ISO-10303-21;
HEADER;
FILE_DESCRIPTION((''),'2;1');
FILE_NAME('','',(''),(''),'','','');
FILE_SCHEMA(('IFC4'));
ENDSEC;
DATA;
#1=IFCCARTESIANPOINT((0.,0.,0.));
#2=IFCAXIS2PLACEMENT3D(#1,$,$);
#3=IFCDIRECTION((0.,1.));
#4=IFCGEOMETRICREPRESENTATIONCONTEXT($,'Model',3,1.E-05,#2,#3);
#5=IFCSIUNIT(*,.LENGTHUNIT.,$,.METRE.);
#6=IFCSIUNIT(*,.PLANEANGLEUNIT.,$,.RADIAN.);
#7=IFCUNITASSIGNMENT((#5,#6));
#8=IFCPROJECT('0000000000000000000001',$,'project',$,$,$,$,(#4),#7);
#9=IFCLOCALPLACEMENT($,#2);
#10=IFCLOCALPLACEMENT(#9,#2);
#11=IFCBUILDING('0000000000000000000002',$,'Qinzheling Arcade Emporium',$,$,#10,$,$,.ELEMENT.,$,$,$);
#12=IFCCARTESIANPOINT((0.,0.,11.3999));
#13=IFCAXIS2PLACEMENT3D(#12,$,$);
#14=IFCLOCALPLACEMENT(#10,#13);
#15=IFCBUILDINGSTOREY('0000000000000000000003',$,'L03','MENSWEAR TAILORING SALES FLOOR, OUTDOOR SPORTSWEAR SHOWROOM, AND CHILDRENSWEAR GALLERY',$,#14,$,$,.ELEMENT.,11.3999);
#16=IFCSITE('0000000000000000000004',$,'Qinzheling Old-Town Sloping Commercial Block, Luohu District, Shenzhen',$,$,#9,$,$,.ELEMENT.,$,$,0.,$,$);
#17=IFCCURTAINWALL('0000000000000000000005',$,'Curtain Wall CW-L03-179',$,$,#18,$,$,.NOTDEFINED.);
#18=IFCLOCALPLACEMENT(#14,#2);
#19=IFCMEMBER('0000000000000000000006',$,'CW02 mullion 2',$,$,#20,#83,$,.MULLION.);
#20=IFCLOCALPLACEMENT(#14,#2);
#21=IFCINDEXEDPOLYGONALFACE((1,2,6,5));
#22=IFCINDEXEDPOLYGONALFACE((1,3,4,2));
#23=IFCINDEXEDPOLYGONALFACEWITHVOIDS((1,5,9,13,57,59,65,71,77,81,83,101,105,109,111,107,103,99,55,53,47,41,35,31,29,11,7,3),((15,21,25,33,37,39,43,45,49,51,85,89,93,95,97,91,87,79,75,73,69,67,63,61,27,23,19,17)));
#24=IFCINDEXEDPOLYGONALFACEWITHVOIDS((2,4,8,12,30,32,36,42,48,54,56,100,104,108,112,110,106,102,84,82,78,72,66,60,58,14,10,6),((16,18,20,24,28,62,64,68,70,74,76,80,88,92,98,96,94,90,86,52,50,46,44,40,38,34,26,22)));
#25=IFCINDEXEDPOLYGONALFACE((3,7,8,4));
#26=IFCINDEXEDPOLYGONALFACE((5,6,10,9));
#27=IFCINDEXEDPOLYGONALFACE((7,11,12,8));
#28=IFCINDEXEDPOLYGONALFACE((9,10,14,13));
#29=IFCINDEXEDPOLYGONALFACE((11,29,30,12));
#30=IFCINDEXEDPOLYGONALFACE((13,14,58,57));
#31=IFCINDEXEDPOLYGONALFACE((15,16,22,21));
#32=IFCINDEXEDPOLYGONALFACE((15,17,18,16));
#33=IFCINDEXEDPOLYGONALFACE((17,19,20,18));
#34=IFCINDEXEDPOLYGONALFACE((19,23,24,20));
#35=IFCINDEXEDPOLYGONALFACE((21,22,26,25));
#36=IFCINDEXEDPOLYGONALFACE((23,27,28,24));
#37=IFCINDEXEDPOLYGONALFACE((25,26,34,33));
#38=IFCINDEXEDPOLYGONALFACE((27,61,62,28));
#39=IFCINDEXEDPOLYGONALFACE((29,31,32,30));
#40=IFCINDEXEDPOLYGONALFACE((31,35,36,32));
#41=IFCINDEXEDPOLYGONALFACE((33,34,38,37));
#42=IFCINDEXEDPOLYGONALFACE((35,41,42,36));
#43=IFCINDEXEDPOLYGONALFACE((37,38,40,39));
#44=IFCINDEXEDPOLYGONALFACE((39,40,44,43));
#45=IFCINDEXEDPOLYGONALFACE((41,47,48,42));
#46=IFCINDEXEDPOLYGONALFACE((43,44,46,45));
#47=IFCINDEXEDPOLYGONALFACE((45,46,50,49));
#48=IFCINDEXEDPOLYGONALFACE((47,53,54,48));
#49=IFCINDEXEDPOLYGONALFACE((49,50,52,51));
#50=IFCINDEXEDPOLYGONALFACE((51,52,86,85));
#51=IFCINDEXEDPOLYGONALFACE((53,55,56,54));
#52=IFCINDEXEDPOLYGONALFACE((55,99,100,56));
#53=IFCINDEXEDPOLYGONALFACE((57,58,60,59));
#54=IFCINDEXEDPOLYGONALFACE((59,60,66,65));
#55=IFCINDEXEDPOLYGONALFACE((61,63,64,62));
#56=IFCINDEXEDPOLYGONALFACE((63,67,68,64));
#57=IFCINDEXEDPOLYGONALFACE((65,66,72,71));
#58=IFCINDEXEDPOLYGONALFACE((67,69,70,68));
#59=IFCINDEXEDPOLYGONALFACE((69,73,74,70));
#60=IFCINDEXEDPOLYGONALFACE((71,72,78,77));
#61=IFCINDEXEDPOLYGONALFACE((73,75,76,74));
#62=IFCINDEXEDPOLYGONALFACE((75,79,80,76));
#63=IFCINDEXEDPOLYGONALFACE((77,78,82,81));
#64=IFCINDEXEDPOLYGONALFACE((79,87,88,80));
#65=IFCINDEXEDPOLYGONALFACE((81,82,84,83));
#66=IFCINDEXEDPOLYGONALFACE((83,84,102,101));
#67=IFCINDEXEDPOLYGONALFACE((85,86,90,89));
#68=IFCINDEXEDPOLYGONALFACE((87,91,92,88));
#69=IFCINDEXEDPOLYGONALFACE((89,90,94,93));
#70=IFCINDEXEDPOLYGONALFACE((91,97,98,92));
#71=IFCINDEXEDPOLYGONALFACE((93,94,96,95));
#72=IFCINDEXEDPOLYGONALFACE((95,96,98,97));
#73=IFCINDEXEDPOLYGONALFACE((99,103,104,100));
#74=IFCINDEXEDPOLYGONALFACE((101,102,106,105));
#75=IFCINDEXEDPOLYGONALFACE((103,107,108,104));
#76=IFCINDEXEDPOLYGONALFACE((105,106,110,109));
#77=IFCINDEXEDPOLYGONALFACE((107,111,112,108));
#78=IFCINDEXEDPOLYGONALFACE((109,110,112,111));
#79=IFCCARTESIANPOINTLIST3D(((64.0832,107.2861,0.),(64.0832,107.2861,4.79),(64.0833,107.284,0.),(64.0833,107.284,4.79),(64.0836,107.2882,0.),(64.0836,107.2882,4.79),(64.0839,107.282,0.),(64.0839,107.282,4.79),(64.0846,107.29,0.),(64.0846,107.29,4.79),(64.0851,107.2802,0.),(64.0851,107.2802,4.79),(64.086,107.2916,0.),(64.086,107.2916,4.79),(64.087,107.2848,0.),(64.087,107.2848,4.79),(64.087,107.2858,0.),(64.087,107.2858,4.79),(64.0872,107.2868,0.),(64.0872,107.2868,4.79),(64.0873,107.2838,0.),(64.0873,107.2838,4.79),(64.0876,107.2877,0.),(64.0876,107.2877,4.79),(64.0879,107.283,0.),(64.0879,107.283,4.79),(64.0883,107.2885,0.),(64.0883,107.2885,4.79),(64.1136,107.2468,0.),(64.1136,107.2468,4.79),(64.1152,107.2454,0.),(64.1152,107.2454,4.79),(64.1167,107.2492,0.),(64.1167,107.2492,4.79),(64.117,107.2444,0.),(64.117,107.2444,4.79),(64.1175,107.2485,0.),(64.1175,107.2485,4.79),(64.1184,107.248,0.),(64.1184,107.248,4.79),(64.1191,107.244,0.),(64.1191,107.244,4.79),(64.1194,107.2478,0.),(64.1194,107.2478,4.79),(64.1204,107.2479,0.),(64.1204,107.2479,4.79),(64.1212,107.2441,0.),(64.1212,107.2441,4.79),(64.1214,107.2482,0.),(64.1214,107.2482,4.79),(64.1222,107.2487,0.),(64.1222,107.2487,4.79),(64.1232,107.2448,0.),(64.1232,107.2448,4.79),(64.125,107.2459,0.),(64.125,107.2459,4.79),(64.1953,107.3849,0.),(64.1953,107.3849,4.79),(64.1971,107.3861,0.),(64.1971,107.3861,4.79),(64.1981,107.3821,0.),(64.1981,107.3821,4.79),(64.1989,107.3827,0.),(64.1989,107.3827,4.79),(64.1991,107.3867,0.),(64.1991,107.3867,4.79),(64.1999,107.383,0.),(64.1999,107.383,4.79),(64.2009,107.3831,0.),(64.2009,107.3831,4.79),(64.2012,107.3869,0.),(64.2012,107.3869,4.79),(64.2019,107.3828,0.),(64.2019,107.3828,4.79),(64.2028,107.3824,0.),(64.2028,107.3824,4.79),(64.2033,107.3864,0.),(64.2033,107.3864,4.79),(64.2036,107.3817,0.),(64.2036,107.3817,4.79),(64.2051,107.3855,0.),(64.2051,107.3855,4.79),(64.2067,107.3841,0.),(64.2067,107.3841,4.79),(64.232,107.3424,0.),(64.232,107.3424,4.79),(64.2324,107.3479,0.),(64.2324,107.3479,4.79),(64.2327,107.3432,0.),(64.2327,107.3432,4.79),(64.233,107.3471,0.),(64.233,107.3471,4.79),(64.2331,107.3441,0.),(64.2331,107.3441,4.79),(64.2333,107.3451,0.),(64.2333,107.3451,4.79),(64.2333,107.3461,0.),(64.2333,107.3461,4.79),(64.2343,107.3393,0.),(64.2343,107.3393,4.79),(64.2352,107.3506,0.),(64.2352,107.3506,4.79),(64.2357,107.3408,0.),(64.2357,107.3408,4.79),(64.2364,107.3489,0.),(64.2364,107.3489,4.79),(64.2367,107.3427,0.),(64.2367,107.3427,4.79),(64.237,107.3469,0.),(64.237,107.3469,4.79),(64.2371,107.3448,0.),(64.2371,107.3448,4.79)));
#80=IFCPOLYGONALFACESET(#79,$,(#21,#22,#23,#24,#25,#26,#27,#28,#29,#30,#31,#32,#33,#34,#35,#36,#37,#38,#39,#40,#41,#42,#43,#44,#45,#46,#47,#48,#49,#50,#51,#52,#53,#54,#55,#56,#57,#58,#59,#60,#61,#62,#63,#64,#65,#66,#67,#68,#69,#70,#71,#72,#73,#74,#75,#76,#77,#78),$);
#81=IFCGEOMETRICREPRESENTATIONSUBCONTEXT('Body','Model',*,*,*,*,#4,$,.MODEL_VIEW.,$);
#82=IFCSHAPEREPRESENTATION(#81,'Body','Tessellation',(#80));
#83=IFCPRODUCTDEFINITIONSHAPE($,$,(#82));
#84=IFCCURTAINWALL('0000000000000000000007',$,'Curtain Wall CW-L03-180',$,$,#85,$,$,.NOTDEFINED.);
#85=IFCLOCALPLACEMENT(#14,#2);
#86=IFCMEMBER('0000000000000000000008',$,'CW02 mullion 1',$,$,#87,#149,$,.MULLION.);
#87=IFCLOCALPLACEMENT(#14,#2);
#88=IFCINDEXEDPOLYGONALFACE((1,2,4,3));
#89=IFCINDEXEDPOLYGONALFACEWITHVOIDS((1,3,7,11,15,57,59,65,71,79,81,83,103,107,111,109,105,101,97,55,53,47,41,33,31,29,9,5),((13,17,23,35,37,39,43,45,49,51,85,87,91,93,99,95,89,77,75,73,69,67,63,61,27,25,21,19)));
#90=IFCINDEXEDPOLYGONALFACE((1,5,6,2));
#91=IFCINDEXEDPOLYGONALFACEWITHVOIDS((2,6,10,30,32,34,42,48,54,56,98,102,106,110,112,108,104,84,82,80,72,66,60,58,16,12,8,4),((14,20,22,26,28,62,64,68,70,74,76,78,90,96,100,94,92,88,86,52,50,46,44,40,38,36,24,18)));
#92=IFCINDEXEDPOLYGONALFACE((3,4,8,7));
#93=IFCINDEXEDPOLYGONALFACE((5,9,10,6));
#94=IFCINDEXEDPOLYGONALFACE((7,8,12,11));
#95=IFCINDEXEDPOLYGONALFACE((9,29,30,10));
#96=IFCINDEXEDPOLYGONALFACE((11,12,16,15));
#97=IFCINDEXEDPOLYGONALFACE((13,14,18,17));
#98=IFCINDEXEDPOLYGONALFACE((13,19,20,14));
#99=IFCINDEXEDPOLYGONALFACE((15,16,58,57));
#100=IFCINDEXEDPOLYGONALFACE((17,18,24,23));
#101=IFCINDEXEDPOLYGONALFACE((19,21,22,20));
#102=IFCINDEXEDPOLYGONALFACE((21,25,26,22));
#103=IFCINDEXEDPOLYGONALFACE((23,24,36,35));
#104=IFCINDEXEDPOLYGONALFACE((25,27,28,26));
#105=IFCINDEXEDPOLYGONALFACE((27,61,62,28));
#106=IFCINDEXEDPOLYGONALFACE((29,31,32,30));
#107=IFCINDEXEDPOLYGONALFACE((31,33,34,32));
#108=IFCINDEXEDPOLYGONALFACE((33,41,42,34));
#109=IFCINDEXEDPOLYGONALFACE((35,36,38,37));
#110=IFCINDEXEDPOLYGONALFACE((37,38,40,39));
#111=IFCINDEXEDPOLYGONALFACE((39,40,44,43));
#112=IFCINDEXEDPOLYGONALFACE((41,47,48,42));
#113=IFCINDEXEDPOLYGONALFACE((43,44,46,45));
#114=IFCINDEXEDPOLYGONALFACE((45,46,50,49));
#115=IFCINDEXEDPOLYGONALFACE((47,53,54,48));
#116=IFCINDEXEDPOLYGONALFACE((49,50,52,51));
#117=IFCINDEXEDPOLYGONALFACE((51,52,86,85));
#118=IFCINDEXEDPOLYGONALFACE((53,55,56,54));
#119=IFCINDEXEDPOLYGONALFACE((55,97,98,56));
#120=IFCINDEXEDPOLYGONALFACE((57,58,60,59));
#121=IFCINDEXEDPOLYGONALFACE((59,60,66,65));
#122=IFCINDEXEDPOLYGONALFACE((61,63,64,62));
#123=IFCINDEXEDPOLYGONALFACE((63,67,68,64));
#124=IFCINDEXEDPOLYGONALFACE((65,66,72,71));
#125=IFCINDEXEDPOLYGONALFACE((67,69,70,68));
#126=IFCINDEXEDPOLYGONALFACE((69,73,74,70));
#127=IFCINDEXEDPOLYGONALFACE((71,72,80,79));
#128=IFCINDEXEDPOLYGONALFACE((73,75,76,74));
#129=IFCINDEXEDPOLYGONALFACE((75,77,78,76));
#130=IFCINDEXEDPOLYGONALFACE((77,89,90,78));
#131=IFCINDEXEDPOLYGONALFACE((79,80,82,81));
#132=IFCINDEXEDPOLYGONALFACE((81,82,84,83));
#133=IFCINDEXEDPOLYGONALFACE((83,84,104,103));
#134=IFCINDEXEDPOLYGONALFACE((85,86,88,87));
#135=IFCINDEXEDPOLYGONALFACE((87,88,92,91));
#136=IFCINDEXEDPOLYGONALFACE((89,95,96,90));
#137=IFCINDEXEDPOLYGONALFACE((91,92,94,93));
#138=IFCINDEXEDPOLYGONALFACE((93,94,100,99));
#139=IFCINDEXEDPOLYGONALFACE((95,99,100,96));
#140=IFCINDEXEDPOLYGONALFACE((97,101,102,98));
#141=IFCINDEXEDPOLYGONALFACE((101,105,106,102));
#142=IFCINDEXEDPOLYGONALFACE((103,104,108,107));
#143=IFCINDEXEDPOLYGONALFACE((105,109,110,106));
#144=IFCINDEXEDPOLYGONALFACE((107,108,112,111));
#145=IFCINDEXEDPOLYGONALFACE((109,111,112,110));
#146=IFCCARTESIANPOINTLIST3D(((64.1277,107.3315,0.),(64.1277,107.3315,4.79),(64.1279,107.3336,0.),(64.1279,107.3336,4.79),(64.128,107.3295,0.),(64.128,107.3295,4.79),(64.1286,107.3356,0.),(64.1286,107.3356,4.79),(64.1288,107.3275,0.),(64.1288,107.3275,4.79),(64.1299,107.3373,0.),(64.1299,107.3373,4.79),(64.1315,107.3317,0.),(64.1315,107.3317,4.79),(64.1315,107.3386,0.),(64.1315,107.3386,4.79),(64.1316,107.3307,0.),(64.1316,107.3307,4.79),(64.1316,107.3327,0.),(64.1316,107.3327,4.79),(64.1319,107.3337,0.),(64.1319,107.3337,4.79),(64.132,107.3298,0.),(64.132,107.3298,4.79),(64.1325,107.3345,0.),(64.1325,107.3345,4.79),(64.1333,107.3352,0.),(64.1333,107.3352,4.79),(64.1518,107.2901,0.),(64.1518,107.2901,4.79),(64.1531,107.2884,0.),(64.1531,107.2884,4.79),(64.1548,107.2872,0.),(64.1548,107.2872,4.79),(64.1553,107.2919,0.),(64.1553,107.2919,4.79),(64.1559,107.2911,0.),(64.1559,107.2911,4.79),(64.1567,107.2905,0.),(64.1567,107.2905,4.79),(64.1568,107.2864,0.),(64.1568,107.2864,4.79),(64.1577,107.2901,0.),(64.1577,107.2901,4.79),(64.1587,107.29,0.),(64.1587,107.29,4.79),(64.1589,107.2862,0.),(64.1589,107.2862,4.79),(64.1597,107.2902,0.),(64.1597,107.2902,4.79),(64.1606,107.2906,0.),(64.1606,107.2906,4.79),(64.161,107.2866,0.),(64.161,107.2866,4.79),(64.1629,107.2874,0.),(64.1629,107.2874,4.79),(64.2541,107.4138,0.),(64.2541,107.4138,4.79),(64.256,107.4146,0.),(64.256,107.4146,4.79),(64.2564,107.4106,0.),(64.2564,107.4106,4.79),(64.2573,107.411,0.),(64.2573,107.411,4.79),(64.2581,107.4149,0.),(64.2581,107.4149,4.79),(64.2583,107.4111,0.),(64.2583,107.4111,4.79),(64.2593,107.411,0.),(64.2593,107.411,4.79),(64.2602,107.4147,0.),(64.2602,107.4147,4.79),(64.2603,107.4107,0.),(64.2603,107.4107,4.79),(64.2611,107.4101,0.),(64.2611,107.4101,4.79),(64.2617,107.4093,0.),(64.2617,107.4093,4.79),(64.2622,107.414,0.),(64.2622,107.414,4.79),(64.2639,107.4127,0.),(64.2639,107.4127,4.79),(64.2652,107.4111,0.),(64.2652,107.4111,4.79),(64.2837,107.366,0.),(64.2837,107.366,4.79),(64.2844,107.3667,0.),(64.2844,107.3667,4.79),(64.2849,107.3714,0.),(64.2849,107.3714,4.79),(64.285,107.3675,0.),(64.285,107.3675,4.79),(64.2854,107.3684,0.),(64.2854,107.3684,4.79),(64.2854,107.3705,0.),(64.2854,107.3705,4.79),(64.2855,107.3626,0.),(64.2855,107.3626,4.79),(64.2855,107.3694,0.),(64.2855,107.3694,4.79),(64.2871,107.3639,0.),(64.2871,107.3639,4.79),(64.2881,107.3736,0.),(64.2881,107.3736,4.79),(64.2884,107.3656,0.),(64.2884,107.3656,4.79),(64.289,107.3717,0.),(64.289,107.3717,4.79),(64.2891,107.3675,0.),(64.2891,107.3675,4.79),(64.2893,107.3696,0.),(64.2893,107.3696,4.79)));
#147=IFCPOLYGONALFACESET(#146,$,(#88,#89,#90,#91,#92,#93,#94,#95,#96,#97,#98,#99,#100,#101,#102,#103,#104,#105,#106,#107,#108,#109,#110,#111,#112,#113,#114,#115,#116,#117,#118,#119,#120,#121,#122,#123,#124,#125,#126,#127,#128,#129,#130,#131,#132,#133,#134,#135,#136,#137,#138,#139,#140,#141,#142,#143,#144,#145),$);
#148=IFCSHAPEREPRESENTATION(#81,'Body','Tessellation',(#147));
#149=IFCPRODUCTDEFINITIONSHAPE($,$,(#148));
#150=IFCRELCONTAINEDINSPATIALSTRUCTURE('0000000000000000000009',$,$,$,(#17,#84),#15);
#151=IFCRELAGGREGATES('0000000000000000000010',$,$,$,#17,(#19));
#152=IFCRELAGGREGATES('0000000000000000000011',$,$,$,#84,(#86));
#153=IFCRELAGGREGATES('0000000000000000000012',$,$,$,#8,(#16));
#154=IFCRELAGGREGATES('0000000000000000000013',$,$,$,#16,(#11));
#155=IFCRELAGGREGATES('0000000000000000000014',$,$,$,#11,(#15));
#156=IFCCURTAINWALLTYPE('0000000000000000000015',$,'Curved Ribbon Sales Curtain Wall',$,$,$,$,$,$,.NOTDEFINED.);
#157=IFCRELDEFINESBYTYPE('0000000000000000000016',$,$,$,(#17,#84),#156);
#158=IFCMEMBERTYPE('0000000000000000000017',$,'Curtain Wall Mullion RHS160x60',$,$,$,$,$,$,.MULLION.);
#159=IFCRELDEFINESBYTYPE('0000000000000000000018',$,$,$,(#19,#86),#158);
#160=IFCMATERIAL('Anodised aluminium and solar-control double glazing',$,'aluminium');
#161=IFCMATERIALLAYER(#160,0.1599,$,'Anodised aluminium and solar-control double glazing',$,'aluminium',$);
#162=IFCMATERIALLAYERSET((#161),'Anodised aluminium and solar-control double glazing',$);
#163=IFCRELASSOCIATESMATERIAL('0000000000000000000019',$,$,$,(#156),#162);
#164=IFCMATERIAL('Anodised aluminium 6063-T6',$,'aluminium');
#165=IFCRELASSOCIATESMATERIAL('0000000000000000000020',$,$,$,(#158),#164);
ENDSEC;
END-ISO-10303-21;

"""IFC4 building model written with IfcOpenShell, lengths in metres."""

from ifc_helpers import new_model, si_unit, direction, frame, origin, origin_2d, place, context, subcontext, project, spatial, hollow_rectangle, extrude, material, layer, layer_set, material_profile, profile_set, type_object, element, aggregate, save


model = new_model("IFC4")

# Units and contexts
model_context = context("Model", 3, precision=1e-05, world=origin(), true_north=direction((0.0, 1.0)))
body_context = subcontext(model_context, "Body", "Model", "MODEL_VIEW")
ifc_project = project(units=[si_unit("LENGTHUNIT", "METRE"), si_unit("PLANEANGLEUNIT", "RADIAN")], contexts=[model_context])

# Site, building, storey
site_placement = place(None, origin())
site = spatial("IfcSite", under=ifc_project, at=site_placement, Name="Qinzheling Old-Town Sloping Commercial Block, Luohu District, Shenzhen", CompositionType="ELEMENT", RefElevation=0.0)
building_placement = place(site_placement, origin())
building = spatial("IfcBuilding", under=site, at=building_placement, Name="Qinzheling Arcade Emporium", CompositionType="ELEMENT")
storey_placement = place(building_placement, frame((0.0, 0.0, 11.3999)))
storey = spatial("IfcBuildingStorey", under=building, at=storey_placement, Name="L03", Description="MENSWEAR TAILORING SALES FLOOR, OUTDOOR SPORTSWEAR SHOWROOM, AND CHILDRENSWEAR GALLERY", CompositionType="ELEMENT", Elevation=11.3999)

# Shared definitions
ifc_material_1 = material(Name="Anodised aluminium and solar-control double glazing", Category="aluminium")
ifc_layer_1 = layer(ifc_material_1, 0.1599, Name="Anodised aluminium and solar-control double glazing", Category="aluminium")
ifc_layer_set_1 = layer_set([ifc_layer_1], Name="Anodised aluminium and solar-control double glazing")
curtain_wall_type = type_object("IfcCurtainWallType", Name="Curved Ribbon Sales Curtain Wall", PredefinedType="NOTDEFINED", material=ifc_layer_set_1)
ifc_material_2 = material(Name="Anodised aluminium 6063-T6", Category="aluminium")
ifc_material_profile_1 = material_profile(ifc_material_2, hollow_rectangle(XDim=0.0601, YDim=0.1599, WallThickness=0.0039, InnerFilletRadius=0.0039, OuterFilletRadius=0.0081, at=origin_2d()), Name="RHS 160x60x4", Category="aluminium")
ifc_profile_set_1 = profile_set([ifc_material_profile_1], Name="Anodised aluminium 6063-T6")
member_type_1 = type_object("IfcMemberType", Name="Curtain Wall Mullion RHS160x60", PredefinedType="MULLION", material=ifc_profile_set_1)

# Curtain wall, member
curtain_wall_1_placement = place(storey_placement, origin())
curtain_wall_1 = element("IfcCurtainWall", 1, at=curtain_wall_1_placement, inside=storey, type_object=curtain_wall_type, Name="Curtain Wall CW-L03-179", PredefinedType="NOTDEFINED")
member_1_placement = place(storey_placement, frame((64.1602, 107.3154, 0.0), z_axis=(0.0, 0.0, 1.0), x_axis=(-0.64925, 0.760575, 0.0)))
member_1 = element("IfcMember", 2, at=member_1_placement, type_object=member_type_1, Name="CW02 mullion 2", PredefinedType="MULLION", context=body_context, shape_type="SweptSolid", body=[
    extrude(hollow_rectangle(XDim=0.0601, YDim=0.1599, WallThickness=0.0039, InnerFilletRadius=0.0039, OuterFilletRadius=0.0081, at=origin_2d()), origin(), (0.0, 0.0, 1.0), 4.79),
])

# Curtain wall, member
curtain_wall_2_placement = place(storey_placement, origin())
curtain_wall_2 = element("IfcCurtainWall", 3, at=curtain_wall_2_placement, inside=storey, type_object=curtain_wall_type, Name="Curtain Wall CW-L03-180", PredefinedType="NOTDEFINED")
member_2_placement = place(storey_placement, frame((64.2085, 107.3506, 0.0), z_axis=(0.0, 0.0, 1.0), x_axis=(-0.522532, 0.85262, 0.0)))
member_2 = element("IfcMember", 4, at=member_2_placement, type_object=member_type_1, Name="CW02 mullion 1", PredefinedType="MULLION", context=body_context, shape_type="SweptSolid", body=[
    extrude(hollow_rectangle(XDim=0.0601, YDim=0.1599, WallThickness=0.0039, InnerFilletRadius=0.0039, OuterFilletRadius=0.0081, at=origin_2d()), origin(), (0.0, 0.0, 1.0), 4.79),
])

aggregate(curtain_wall_1, [member_1])
aggregate(curtain_wall_2, [member_2])

save(model, "model.ifc")
